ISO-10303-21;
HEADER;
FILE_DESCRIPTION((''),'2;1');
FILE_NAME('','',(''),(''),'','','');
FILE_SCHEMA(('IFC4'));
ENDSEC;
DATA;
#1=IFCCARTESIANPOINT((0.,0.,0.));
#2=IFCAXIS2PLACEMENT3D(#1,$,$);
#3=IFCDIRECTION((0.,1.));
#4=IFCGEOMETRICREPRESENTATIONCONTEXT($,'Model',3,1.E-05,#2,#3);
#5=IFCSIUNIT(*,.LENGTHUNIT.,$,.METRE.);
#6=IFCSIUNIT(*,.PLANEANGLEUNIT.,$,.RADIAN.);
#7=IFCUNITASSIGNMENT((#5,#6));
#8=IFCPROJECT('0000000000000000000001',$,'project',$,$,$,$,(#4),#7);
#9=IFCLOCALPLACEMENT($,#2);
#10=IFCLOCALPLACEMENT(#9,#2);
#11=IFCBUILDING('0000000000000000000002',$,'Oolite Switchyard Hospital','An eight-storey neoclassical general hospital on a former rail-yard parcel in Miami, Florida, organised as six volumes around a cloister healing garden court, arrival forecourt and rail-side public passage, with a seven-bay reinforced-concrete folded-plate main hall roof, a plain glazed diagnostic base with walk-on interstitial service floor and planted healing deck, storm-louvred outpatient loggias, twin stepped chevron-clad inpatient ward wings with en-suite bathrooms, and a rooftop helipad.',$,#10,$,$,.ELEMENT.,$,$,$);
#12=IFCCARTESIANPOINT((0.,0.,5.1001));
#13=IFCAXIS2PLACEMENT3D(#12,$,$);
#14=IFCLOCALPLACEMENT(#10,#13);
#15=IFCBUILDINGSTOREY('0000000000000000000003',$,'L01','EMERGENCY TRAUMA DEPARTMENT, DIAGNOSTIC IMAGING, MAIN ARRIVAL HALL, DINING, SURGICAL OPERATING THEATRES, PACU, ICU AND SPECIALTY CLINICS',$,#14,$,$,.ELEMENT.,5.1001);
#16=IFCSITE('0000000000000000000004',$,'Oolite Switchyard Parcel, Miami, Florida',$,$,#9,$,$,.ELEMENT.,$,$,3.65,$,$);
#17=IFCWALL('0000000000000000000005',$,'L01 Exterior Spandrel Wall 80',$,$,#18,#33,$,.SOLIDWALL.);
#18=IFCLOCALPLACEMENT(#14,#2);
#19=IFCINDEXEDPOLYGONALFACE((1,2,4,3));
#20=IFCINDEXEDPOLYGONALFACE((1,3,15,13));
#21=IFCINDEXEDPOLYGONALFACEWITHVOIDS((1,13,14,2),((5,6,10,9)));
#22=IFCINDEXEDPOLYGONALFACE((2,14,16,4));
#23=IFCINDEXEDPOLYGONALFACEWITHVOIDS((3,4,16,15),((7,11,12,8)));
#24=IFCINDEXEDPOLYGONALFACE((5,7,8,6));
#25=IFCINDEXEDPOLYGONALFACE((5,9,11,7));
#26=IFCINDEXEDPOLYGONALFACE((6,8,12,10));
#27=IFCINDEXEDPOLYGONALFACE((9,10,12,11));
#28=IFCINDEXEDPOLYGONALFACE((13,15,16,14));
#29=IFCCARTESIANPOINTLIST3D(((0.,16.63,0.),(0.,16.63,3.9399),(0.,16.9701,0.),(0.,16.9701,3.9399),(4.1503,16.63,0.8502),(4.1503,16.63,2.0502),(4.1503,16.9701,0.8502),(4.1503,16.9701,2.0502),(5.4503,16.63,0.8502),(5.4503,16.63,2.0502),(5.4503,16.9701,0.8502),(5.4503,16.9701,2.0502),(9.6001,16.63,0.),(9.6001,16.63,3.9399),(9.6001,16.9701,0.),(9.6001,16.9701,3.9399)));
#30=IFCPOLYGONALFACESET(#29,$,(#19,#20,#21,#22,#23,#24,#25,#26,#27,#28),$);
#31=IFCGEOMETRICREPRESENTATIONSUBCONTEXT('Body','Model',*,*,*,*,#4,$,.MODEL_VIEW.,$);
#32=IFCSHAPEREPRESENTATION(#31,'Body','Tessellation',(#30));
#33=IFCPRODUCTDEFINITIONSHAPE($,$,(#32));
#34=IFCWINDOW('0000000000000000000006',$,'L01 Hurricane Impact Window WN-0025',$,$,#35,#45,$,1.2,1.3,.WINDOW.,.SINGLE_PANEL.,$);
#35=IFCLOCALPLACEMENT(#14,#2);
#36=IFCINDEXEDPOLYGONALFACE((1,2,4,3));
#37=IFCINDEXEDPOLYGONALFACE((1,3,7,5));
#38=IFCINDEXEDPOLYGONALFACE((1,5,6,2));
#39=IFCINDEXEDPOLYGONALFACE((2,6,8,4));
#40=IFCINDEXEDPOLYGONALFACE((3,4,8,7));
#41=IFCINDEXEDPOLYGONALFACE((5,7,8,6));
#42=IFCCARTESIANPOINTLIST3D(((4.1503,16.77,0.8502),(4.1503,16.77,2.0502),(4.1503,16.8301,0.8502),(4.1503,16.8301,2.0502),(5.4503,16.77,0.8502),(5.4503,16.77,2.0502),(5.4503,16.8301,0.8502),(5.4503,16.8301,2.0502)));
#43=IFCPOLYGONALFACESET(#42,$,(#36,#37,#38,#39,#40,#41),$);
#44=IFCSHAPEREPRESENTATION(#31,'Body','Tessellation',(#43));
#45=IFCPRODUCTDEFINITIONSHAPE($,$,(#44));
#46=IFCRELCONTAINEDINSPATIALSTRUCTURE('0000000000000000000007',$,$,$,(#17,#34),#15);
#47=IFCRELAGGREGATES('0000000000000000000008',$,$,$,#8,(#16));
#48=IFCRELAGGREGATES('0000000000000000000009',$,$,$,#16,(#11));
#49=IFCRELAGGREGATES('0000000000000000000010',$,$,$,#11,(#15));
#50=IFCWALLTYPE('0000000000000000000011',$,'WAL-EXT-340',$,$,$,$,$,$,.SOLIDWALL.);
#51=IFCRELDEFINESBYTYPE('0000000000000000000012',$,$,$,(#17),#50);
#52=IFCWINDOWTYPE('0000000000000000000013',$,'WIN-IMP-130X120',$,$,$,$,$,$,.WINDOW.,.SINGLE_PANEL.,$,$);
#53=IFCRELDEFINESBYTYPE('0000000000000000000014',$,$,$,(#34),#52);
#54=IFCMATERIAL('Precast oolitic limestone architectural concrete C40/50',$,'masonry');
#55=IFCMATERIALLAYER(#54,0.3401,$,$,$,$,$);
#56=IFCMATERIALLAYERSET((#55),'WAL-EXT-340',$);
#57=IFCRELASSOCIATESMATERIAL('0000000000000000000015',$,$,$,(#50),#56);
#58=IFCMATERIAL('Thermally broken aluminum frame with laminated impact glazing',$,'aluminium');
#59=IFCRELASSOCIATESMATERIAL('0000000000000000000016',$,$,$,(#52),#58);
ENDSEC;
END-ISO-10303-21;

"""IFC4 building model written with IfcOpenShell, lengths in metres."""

from ifc_helpers import new_model, si_unit, direction, frame, frame_2d, origin, place, context, subcontext, project, spatial, rectangle, extrude, material, layer, layer_set, type_object, element, fill, save


model = new_model("IFC4")

# Units and contexts
model_context = context("Model", 3, precision=1e-05, world=origin(), true_north=direction((0.0, 1.0)))
body_context = subcontext(model_context, "Body", "Model", "MODEL_VIEW")
ifc_project = project(units=[si_unit("LENGTHUNIT", "METRE"), si_unit("PLANEANGLEUNIT", "RADIAN")], contexts=[model_context])

# Site, building, storey
site_placement = place(None, origin())
site = spatial("IfcSite", under=ifc_project, at=site_placement, Name="Oolite Switchyard Parcel, Miami, Florida", CompositionType="ELEMENT", RefElevation=3.65)
building_placement = place(site_placement, origin())
building = spatial("IfcBuilding", under=site, at=building_placement, Name="Oolite Switchyard Hospital", Description="An eight-storey neoclassical general hospital on a former rail-yard parcel in Miami, Florida, organised as six volumes around a cloister healing garden court, arrival forecourt and rail-side public passage, with a seven-bay reinforced-concrete folded-plate main hall roof, a plain glazed diagnostic base with walk-on interstitial service floor and planted healing deck, storm-louvred outpatient loggias, twin stepped chevron-clad inpatient ward wings with en-suite bathrooms, and a rooftop helipad.", CompositionType="ELEMENT")
storey_placement = place(building_placement, frame((0.0, 0.0, 5.1001)))
storey = spatial("IfcBuildingStorey", under=building, at=storey_placement, Name="L01", Description="EMERGENCY TRAUMA DEPARTMENT, DIAGNOSTIC IMAGING, MAIN ARRIVAL HALL, DINING, SURGICAL OPERATING THEATRES, PACU, ICU AND SPECIALTY CLINICS", CompositionType="ELEMENT", Elevation=5.1001)

# Shared definitions
ifc_material_1 = material(Name="Thermally broken aluminum frame with laminated impact glazing", Category="aluminium")

# Wall, opening, window
ifc_material_2 = material(Name="Precast oolitic limestone architectural concrete C40/50", Category="masonry")
ifc_layer_1 = layer(ifc_material_2, 0.3401)
ifc_layer_set_1 = layer_set([ifc_layer_1], Name="WAL-EXT-340")
wall_type = type_object("IfcWallType", Name="WAL-EXT-340", PredefinedType="SOLIDWALL", material=ifc_layer_set_1)
wall_placement = place(storey_placement, frame((9.6001, 16.8, 0.0), z_axis=(0.0, 0.0, 1.0), x_axis=(-1.0, 0.0, 0.0)))
wall = element("IfcWall", 1, at=wall_placement, inside=storey, type_object=wall_type, Name="L01 Exterior Spandrel Wall 80", PredefinedType="SOLIDWALL", context=body_context, shape_type="SweptSolid", body=[
    extrude(rectangle(XDim=9.6001, YDim=0.3401, at=frame_2d((4.8, 0.0))), origin(), (0.0, 0.0, 1.0), 3.9399),
])
opening_placement = place(wall_placement, frame((4.1499, 0.0, 0.8501)))
opening = element("IfcOpeningElement", 2, at=opening_placement, cuts=wall, PredefinedType="OPENING", context=body_context, shape_type="SweptSolid", body=[
    extrude(rectangle(XDim=1.3, YDim=1.2, at=frame_2d((0.6499, 0.6001))), frame((0.0, 0.1802, 0.0), z_axis=(0.0, -1.0, 0.0), x_axis=(1.0, 0.0, 0.0)), (0.0, 0.0, 1.0), 0.3601),
])
window_type = type_object("IfcWindowType", Name="WIN-IMP-130X120", PartitioningType="SINGLE_PANEL", PredefinedType="WINDOW", material=ifc_material_1)
window_placement = place(opening_placement, origin())
window = element("IfcWindow", 3, at=window_placement, inside=storey, type_object=window_type, Name="L01 Hurricane Impact Window WN-0025", OverallHeight=1.2, OverallWidth=1.3, PartitioningType="SINGLE_PANEL", PredefinedType="WINDOW", context=body_context, shape_type="SweptSolid", body=[
    extrude(rectangle(XDim=1.3, YDim=1.2, at=frame_2d((0.6499, 0.6001))), frame((0.0, 0.03, 0.0), z_axis=(0.0, -1.0, 0.0), x_axis=(1.0, 0.0, 0.0)), (0.0, 0.0, 1.0), 0.0601),
])
fill(opening, window)

save(model, "model.ifc")
